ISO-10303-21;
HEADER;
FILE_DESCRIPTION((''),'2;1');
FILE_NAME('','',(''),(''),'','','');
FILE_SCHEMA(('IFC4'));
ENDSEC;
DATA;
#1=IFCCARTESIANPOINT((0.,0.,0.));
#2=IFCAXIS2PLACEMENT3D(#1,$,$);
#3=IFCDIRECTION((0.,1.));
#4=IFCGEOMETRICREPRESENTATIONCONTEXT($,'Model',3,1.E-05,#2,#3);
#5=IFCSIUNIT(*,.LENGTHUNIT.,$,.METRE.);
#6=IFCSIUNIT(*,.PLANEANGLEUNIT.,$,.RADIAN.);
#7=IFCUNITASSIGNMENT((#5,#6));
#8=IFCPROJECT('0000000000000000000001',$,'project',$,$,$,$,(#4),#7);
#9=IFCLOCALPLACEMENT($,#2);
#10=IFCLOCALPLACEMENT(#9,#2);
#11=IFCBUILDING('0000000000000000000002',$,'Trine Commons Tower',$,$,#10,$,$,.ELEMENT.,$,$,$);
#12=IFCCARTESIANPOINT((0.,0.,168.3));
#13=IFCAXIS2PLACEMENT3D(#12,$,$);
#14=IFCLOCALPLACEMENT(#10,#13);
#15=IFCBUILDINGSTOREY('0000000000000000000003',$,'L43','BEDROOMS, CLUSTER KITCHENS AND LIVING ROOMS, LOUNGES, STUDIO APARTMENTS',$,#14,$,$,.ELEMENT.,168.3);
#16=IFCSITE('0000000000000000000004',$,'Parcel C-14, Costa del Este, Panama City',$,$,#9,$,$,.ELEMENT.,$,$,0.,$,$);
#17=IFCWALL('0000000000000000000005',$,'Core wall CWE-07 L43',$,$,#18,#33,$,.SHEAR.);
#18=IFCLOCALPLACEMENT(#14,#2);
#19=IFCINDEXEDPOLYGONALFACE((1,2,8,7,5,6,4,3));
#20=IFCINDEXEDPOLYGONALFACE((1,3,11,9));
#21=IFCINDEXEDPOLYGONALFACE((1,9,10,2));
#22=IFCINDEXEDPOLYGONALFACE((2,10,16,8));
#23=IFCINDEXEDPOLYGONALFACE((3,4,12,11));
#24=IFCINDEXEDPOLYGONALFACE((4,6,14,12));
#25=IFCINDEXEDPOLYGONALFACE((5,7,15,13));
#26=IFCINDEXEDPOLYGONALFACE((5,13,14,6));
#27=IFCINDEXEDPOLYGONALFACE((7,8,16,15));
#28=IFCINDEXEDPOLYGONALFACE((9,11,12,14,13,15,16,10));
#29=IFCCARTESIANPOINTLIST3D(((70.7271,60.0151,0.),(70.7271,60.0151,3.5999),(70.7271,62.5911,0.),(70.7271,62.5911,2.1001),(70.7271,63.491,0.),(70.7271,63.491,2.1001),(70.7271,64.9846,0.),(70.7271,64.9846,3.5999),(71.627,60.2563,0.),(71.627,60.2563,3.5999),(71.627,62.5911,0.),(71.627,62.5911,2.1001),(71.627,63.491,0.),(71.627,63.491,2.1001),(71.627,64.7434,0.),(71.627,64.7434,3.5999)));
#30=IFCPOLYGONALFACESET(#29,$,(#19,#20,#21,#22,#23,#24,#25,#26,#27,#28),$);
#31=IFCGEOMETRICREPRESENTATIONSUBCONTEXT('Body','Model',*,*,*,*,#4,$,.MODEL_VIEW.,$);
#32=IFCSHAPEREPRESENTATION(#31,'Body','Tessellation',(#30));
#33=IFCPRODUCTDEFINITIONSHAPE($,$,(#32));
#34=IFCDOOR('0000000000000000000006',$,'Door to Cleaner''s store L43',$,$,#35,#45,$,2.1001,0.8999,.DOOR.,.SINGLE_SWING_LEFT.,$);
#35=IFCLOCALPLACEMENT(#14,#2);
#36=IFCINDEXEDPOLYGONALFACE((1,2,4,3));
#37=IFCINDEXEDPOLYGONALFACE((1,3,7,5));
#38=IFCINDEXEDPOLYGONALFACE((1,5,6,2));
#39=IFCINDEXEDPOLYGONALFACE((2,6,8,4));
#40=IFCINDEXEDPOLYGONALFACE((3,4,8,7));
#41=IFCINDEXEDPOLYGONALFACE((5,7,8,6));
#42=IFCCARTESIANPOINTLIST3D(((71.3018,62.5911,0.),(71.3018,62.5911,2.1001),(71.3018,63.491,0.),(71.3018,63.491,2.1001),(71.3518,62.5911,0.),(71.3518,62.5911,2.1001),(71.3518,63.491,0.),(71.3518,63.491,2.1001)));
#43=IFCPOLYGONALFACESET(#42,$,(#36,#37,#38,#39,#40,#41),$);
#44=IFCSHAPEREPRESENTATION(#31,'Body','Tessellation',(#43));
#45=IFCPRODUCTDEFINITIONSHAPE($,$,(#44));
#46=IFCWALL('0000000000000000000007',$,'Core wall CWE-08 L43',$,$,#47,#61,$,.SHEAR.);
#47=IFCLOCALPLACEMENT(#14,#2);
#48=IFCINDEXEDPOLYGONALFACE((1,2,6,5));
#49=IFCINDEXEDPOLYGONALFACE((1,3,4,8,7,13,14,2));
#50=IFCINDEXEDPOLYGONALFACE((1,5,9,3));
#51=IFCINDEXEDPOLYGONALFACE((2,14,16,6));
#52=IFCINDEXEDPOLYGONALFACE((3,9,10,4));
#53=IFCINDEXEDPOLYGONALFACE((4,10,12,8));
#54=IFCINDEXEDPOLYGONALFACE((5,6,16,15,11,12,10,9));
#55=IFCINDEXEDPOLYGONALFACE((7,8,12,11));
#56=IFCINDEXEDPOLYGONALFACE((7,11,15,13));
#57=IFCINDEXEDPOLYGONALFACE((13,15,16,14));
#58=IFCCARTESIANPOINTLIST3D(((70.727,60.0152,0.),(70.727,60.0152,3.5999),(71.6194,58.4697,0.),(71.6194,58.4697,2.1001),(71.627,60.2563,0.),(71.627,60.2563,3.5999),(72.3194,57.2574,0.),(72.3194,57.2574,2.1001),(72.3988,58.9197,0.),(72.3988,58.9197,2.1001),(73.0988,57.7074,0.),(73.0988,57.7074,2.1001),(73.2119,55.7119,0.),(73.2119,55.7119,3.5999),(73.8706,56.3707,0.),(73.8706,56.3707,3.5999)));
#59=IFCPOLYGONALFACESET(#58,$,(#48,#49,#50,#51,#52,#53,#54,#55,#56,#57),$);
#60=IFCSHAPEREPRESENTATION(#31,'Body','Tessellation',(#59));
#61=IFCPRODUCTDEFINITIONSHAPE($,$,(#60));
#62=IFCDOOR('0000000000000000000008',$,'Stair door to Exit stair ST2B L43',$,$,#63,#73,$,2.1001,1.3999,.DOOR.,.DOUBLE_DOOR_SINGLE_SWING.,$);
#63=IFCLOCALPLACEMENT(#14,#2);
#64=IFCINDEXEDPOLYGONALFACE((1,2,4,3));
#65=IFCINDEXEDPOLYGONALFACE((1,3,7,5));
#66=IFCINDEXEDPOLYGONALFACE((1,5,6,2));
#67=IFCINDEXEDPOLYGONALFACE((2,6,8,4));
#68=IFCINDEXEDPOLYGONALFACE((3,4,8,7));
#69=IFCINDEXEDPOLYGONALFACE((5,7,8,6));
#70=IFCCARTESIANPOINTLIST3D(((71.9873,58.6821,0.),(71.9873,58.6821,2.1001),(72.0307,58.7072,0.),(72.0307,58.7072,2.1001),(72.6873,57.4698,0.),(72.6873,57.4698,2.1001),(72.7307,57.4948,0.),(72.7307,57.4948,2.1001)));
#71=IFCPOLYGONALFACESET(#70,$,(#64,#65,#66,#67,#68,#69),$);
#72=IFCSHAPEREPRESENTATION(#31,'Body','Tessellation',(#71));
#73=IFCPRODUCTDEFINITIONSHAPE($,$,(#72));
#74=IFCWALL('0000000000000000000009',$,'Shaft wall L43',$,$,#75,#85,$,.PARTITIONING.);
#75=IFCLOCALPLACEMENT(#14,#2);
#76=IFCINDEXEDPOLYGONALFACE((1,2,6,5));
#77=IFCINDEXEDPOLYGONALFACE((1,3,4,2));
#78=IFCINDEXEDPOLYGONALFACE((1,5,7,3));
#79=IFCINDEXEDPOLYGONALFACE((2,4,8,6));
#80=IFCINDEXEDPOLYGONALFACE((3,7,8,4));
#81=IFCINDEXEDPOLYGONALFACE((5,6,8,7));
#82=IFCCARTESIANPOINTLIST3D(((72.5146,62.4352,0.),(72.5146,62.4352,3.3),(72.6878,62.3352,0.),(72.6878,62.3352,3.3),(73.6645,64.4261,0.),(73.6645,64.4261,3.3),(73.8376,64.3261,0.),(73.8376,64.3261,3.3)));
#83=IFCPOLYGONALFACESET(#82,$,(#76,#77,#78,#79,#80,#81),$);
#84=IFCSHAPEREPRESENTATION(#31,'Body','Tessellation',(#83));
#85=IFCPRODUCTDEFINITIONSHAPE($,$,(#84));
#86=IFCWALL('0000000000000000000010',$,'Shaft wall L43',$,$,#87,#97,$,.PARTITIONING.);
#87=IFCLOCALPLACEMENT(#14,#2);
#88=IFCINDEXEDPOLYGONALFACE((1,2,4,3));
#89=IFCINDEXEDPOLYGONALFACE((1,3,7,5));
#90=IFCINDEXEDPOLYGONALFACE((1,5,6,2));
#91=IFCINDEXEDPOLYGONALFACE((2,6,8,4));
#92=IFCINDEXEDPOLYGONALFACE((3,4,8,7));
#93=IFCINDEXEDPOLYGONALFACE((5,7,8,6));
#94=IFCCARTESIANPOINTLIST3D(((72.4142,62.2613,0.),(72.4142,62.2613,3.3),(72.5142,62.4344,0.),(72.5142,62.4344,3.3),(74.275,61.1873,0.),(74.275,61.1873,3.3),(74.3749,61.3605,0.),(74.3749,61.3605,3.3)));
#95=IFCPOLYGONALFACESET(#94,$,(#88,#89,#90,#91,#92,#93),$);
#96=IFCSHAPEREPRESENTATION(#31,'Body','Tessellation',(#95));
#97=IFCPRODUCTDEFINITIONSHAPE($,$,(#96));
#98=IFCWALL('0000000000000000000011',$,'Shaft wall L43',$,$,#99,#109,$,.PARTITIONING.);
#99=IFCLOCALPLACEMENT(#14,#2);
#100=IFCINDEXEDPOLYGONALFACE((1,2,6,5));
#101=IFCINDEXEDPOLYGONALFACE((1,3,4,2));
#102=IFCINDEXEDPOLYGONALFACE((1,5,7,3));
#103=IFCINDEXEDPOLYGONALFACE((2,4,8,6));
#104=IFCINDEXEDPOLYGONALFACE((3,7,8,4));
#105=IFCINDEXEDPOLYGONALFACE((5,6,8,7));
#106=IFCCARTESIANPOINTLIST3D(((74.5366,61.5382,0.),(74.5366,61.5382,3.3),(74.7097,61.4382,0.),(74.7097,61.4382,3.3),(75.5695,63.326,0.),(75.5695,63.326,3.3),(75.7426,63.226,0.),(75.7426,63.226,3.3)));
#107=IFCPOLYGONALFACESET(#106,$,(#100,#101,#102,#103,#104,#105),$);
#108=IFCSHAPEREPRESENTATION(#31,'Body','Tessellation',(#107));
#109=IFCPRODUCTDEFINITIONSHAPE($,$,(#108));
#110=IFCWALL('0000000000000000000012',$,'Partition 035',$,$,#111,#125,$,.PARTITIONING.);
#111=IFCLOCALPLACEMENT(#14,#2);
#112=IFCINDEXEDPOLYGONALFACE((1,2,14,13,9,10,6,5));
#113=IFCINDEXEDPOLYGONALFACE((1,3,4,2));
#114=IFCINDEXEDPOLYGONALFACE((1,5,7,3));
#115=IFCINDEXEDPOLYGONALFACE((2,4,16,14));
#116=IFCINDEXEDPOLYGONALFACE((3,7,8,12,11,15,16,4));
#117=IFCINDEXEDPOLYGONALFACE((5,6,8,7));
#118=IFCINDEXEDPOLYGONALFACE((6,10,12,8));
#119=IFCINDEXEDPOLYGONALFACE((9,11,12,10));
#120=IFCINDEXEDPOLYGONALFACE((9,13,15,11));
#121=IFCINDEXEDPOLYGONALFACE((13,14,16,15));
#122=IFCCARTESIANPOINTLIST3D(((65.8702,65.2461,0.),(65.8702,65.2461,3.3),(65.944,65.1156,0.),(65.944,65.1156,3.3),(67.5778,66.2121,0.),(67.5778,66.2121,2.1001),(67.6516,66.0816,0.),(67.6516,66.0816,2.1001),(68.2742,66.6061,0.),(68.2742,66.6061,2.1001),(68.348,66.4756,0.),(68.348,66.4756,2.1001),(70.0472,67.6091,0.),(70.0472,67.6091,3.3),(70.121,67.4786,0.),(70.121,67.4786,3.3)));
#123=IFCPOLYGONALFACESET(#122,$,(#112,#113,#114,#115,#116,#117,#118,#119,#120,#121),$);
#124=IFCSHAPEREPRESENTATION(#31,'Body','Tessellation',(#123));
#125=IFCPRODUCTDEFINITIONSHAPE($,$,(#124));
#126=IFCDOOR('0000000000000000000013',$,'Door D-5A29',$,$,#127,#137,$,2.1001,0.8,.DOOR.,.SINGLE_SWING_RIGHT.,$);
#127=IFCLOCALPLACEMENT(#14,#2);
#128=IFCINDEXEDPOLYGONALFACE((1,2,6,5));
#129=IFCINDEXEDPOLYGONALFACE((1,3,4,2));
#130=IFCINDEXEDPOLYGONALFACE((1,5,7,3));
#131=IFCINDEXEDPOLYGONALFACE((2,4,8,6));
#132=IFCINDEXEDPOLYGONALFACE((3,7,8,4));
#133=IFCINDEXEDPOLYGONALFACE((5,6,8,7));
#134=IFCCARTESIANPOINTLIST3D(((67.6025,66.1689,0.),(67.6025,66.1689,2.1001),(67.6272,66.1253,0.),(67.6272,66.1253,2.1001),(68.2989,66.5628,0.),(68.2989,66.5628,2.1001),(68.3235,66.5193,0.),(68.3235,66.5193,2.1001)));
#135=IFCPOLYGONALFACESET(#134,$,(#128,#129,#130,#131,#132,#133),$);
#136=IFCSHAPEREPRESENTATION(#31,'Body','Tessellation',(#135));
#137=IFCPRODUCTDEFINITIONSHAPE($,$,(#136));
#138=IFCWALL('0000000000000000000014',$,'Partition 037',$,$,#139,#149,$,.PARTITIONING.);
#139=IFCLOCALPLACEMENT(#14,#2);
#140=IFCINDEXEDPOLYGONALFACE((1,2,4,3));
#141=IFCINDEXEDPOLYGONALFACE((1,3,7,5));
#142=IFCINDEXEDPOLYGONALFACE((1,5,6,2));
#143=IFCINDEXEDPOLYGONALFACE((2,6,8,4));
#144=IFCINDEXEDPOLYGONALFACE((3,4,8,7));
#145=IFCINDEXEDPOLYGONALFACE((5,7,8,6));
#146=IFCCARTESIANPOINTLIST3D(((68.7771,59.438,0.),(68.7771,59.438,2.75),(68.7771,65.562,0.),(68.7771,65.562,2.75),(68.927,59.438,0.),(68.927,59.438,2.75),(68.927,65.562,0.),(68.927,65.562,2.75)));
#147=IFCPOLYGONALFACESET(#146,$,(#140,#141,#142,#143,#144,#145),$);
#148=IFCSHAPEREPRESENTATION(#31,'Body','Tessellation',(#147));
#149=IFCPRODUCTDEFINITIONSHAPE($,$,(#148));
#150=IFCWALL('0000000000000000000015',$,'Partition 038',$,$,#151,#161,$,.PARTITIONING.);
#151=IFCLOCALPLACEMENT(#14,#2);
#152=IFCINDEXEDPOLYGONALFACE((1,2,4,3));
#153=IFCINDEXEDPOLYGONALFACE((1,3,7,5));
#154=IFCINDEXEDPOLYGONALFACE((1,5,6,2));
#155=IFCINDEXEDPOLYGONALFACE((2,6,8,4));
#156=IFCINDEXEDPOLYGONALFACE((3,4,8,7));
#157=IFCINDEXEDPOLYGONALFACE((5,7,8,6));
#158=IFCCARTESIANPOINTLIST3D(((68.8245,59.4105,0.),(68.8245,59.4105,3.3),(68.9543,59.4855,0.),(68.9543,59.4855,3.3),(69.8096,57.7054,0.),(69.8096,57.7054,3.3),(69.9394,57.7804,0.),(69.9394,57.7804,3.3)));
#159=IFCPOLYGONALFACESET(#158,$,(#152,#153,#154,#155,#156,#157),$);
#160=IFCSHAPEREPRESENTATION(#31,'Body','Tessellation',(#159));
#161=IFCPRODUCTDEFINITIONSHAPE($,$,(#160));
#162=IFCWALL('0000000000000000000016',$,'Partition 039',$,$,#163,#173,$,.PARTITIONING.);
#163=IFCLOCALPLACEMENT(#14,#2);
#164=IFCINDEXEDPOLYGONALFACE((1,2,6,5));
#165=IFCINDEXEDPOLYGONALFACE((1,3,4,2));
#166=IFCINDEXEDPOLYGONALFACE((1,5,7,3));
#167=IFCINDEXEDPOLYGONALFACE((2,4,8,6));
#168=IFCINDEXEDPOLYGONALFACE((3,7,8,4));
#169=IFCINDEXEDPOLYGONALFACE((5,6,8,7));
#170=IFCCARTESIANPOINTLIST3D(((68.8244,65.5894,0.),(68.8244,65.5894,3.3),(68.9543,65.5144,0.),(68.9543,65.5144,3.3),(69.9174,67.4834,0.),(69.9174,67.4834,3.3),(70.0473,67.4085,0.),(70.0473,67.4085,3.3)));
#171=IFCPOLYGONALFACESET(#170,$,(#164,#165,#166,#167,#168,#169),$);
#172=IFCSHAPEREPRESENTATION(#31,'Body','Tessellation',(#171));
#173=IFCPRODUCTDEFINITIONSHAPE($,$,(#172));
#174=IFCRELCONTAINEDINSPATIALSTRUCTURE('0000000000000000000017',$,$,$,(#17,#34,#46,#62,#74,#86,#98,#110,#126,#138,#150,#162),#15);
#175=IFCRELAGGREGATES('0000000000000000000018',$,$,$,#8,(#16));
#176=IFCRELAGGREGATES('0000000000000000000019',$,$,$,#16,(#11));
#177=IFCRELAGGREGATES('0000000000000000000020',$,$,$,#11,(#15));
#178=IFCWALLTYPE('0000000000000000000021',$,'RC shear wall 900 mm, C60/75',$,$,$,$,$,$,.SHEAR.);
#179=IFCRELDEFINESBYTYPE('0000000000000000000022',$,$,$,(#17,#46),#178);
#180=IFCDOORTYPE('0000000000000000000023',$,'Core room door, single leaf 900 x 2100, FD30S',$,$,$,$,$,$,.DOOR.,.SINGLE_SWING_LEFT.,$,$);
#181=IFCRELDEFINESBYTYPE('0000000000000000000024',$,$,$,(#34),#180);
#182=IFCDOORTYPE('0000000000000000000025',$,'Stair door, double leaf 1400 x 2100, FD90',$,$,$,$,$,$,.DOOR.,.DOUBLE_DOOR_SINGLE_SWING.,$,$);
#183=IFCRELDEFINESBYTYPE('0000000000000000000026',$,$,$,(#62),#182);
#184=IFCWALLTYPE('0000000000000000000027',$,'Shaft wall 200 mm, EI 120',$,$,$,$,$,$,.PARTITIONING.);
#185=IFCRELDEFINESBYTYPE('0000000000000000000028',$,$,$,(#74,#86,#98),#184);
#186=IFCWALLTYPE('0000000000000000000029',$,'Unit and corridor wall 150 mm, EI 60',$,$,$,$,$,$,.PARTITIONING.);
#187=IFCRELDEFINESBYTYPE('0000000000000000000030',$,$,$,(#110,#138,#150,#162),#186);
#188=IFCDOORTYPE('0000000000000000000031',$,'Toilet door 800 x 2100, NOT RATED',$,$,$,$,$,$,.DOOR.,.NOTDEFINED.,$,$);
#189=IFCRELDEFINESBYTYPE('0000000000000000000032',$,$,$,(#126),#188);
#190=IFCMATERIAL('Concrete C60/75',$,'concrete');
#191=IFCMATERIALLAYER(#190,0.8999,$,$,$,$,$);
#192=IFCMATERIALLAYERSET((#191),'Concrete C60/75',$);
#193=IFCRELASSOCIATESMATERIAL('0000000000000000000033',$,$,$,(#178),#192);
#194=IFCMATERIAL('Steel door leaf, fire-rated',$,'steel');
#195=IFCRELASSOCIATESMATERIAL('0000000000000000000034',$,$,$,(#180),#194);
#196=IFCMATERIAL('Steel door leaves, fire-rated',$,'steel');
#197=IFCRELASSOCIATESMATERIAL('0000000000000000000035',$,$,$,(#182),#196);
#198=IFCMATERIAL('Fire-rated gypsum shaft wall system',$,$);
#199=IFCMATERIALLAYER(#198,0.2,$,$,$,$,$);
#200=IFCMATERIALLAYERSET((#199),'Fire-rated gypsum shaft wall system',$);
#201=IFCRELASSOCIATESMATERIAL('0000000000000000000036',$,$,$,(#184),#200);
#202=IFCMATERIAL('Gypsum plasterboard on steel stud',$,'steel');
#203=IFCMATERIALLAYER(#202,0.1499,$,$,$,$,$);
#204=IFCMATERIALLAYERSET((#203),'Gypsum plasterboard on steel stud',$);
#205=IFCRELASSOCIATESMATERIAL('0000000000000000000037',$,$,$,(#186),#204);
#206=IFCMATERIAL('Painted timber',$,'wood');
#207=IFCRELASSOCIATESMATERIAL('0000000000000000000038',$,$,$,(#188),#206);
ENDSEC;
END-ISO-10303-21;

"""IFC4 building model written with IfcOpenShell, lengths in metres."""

from ifc_helpers import new_model, si_unit, direction, frame, frame_2d, origin, place, context, subcontext, project, spatial, polyline, rectangle, outline, extrude, material, layer, layer_set, type_object, element, fill, save


model = new_model("IFC4")

# Units and contexts
model_context = context("Model", 3, precision=1e-05, world=origin(), true_north=direction((0.0, 1.0)))
body_context = subcontext(model_context, "Body", "Model", "MODEL_VIEW")
ifc_project = project(units=[si_unit("LENGTHUNIT", "METRE"), si_unit("PLANEANGLEUNIT", "RADIAN")], contexts=[model_context])

# Site, building, storey
site_placement = place(None, origin())
site = spatial("IfcSite", under=ifc_project, at=site_placement, Name="Parcel C-14, Costa del Este, Panama City", CompositionType="ELEMENT", RefElevation=0.0)
building_placement = place(site_placement, origin())
building = spatial("IfcBuilding", under=site, at=building_placement, Name="Trine Commons Tower", CompositionType="ELEMENT")
storey_placement = place(building_placement, frame((0.0, 0.0, 168.3)))
storey = spatial("IfcBuildingStorey", under=building, at=storey_placement, Name="L43", Description="BEDROOMS, CLUSTER KITCHENS AND LIVING ROOMS, LOUNGES, STUDIO APARTMENTS", CompositionType="ELEMENT", Elevation=168.3)

# Shared definitions
ifc_material_1 = material(Name="Fire-rated gypsum shaft wall system")
ifc_material_2 = material(Name="Steel door leaf, fire-rated", Category="steel")
ifc_material_3 = material(Name="Concrete C60/75", Category="concrete")

# Walls, openings, doors
ifc_layer_1 = layer(ifc_material_3, 0.8999)
ifc_layer_set_1 = layer_set([ifc_layer_1], Name="Concrete C60/75")
wall_type_1 = type_object("IfcWallType", Name="RC shear wall 900 mm, C60/75", PredefinedType="SHEAR", material=ifc_layer_set_1)
wall_1_placement = place(storey_placement, frame((71.177, 64.9846, 0.0), z_axis=(0.0, 0.0, 1.0), x_axis=(0.0, -1.0, 0.0)))
wall_1 = element("IfcWall", 1, at=wall_1_placement, inside=storey, type_object=wall_type_1, Name="Core wall CWE-07 L43", PredefinedType="SHEAR", context=body_context, shape_type="SweptSolid", body=[
    extrude(outline(polyline([(0.0, -0.45), (4.9695, -0.45), (4.7283, 0.45), (0.2412, 0.45), (0.0, -0.45)])), origin(), (0.0, 0.0, 1.0), 3.5999),
])
opening_1_placement = place(wall_1_placement, frame((1.4937, 0.0, 0.0)))
opening_1 = element("IfcOpeningElement", 2, at=opening_1_placement, cuts=wall_1, PredefinedType="OPENING", context=body_context, shape_type="SweptSolid", body=[
    extrude(rectangle(XDim=0.8999, YDim=2.1001, at=frame_2d((0.45, 1.05))), frame((0.0, 0.46, 0.0), z_axis=(0.0, -1.0, 0.0), x_axis=(1.0, 0.0, 0.0)), (0.0, 0.0, 1.0), 0.9199),
])
door_type_1 = type_object("IfcDoorType", Name="Core room door, single leaf 900 x 2100, FD30S", OperationType="SINGLE_SWING_LEFT", PredefinedType="DOOR", material=ifc_material_2)
door_1_placement = place(opening_1_placement, origin())
door_1 = element("IfcDoor", 3, at=door_1_placement, inside=storey, type_object=door_type_1, Name="Door to Cleaner's store L43", OperationType="SINGLE_SWING_LEFT", OverallHeight=2.1001, OverallWidth=0.8999, PredefinedType="DOOR", context=body_context, shape_type="SweptSolid", body=[
    extrude(rectangle(XDim=0.8999, YDim=2.1001, at=frame_2d((0.45, 1.05))), frame((0.0, 0.1748, 0.0), z_axis=(0.0, -1.0, 0.0), x_axis=(1.0, 0.0, 0.0)), (0.0, 0.0, 1.0), 0.05),
])
fill(opening_1, door_1)
wall_2_placement = place(storey_placement, frame((71.1167, 60.2402, 0.0), z_axis=(0.0, 0.0, 1.0), x_axis=(0.500039, -0.866003, 0.0)))
wall_2 = element("IfcWall", 4, at=wall_2_placement, inside=storey, type_object=wall_type_1, Name="Core wall CWE-08 L43", PredefinedType="SHEAR", context=body_context, shape_type="SweptSolid", body=[
    extrude(outline(polyline([(0.0, -0.45), (4.9692, -0.45), (4.728, 0.45), (0.2412, 0.45), (0.0, -0.45)])), origin(), (0.0, 0.0, 1.0), 3.5999),
])
opening_2_placement = place(wall_2_placement, frame((1.7847, 0.0, 0.0)))
opening_2 = element("IfcOpeningElement", 5, at=opening_2_placement, cuts=wall_2, PredefinedType="OPENING", context=body_context, shape_type="SweptSolid", body=[
    extrude(rectangle(XDim=1.3999, YDim=2.1001, at=frame_2d((0.7, 1.05))), frame((0.0, 0.46, 0.0), z_axis=(0.0, -1.0, 0.0), x_axis=(1.0, 0.0, 0.0)), (0.0, 0.0, 1.0), 0.9199),
])
ifc_material_4 = material(Name="Steel door leaves, fire-rated", Category="steel")
door_type_2 = type_object("IfcDoorType", Name="Stair door, double leaf 1400 x 2100, FD90", OperationType="DOUBLE_DOOR_SINGLE_SWING", PredefinedType="DOOR", material=ifc_material_4)
door_2_placement = place(opening_2_placement, origin())
door_2 = element("IfcDoor", 6, at=door_2_placement, inside=storey, type_object=door_type_2, Name="Stair door to Exit stair ST2B L43", OperationType="DOUBLE_DOOR_SINGLE_SWING", OverallHeight=2.1001, OverallWidth=1.3999, PredefinedType="DOOR", context=body_context, shape_type="SweptSolid", body=[
    extrude(rectangle(XDim=1.3999, YDim=2.1001, at=frame_2d((0.7, 1.05))), frame((0.0, 0.0249, 0.0), z_axis=(0.0, -1.0, 0.0), x_axis=(1.0, 0.0, 0.0)), (0.0, 0.0, 1.0), 0.05),
])
fill(opening_2, door_2)

# Walls
ifc_layer_2 = layer(ifc_material_1, 0.2)
ifc_layer_set_2 = layer_set([ifc_layer_2], Name="Fire-rated gypsum shaft wall system")
wall_type_2 = type_object("IfcWallType", Name="Shaft wall 200 mm, EI 120", PredefinedType="PARTITIONING", material=ifc_layer_set_2)
wall_3_placement = place(storey_placement, frame((73.751, 64.376, 0.0), z_axis=(0.0, 0.0, 1.0), x_axis=(-0.500136, -0.865947, 0.0)))
element("IfcWall", 7, at=wall_3_placement, inside=storey, type_object=wall_type_2, Name="Shaft wall L43", PredefinedType="PARTITIONING", context=body_context, shape_type="SweptSolid", body=[
    extrude(rectangle(XDim=2.2991, YDim=0.2, at=frame_2d((1.1494, 0.0))), origin(), (0.0, 0.0, 1.0), 3.3),
])
wall_4_placement = place(storey_placement, frame((74.325, 61.2739, 0.0), z_axis=(0.0, 0.0, 1.0), x_axis=(-0.866102, 0.499867, 0.0)))
element("IfcWall", 8, at=wall_4_placement, inside=storey, type_object=wall_type_2, Name="Shaft wall L43", PredefinedType="PARTITIONING", context=body_context, shape_type="SweptSolid", body=[
    extrude(rectangle(XDim=2.1484, YDim=0.2, at=frame_2d((1.0742, 0.0))), origin(), (0.0, 0.0, 1.0), 3.3),
])
wall_5_placement = place(storey_placement, frame((75.656, 63.2759, 0.0), z_axis=(0.0, 0.0, 1.0), x_axis=(-0.500272, -0.865868, 0.0)))
element("IfcWall", 9, at=wall_5_placement, inside=storey, type_object=wall_type_2, Name="Shaft wall L43", PredefinedType="PARTITIONING", context=body_context, shape_type="SweptSolid", body=[
    extrude(rectangle(XDim=2.0647, YDim=0.2, at=frame_2d((1.0322, 0.0))), origin(), (0.0, 0.0, 1.0), 3.3),
])

# Wall, opening, door
ifc_material_5 = material(Name="Gypsum plasterboard on steel stud", Category="steel")
ifc_layer_3 = layer(ifc_material_5, 0.1499)
ifc_layer_set_3 = layer_set([ifc_layer_3], Name="Gypsum plasterboard on steel stud")
wall_type_3 = type_object("IfcWallType", Name="Unit and corridor wall 150 mm, EI 60", PredefinedType="PARTITIONING", material=ifc_layer_set_3)
wall_6_placement = place(storey_placement, frame((65.9072, 65.1809, 0.0), z_axis=(0.0, 0.0, 1.0), x_axis=(0.870373, 0.492392, 0.0)))
wall_6 = element("IfcWall", 10, at=wall_6_placement, inside=storey, type_object=wall_type_3, Name="Partition 035", PredefinedType="PARTITIONING", context=body_context, shape_type="SweptSolid", body=[
    extrude(rectangle(XDim=4.7991, YDim=0.1499, at=frame_2d((2.3994, 0.0))), origin(), (0.0, 0.0, 1.0), 3.3),
])
opening_3_placement = place(wall_6_placement, frame((1.9619, 0.0, 0.0)))
opening_3 = element("IfcOpeningElement", 11, at=opening_3_placement, cuts=wall_6, PredefinedType="OPENING", context=body_context, shape_type="SweptSolid", body=[
    extrude(rectangle(XDim=0.8, YDim=2.1001, at=frame_2d((0.3999, 1.05))), frame((0.0, 0.085, 0.0), z_axis=(0.0, -1.0, 0.0), x_axis=(1.0, 0.0, 0.0)), (0.0, 0.0, 1.0), 0.1699),
])
ifc_material_6 = material(Name="Painted timber", Category="wood")
door_type_3 = type_object("IfcDoorType", Name="Toilet door 800 x 2100, NOT RATED", OperationType="NOTDEFINED", PredefinedType="DOOR", material=ifc_material_6)
door_3_placement = place(opening_3_placement, frame((0.8, 0.0, 0.0), z_axis=(0.0, 0.0, 1.0), x_axis=(-1.0, 0.0, 0.0)))
door_3 = element("IfcDoor", 12, at=door_3_placement, inside=storey, type_object=door_type_3, Name="Door D-5A29", OperationType="SINGLE_SWING_RIGHT", OverallHeight=2.1001, OverallWidth=0.8, PredefinedType="DOOR", context=body_context, shape_type="SweptSolid", body=[
    extrude(rectangle(XDim=0.8, YDim=2.1001, at=frame_2d((0.3999, 1.05))), frame((0.0, 0.0249, 0.0), z_axis=(0.0, -1.0, 0.0), x_axis=(1.0, 0.0, 0.0)), (0.0, 0.0, 1.0), 0.05),
])
fill(opening_3, door_3)

# Walls
wall_7_placement = place(storey_placement, frame((68.8521, 59.438, 0.0), z_axis=(0.0, 0.0, 1.0), x_axis=(0.0, 1.0, 0.0)))
element("IfcWall", 13, at=wall_7_placement, inside=storey, type_object=wall_type_3, Name="Partition 037", PredefinedType="PARTITIONING", context=body_context, shape_type="SweptSolid", body=[
    extrude(rectangle(XDim=6.124, YDim=0.1499, at=frame_2d((3.062, 0.0))), origin(), (0.0, 0.0, 1.0), 2.75),
])
wall_8_placement = place(storey_placement, frame((68.8894, 59.448, 0.0), z_axis=(0.0, 0.0, 1.0), x_axis=(0.500259, -0.865876, 0.0)))
element("IfcWall", 14, at=wall_8_placement, inside=storey, type_object=wall_type_3, Name="Partition 038", PredefinedType="PARTITIONING", context=body_context, shape_type="SweptSolid", body=[
    extrude(rectangle(XDim=1.9692, YDim=0.1499, at=frame_2d((0.9846, 0.0))), origin(), (0.0, 0.0, 1.0), 3.3),
])
wall_9_placement = place(storey_placement, frame((68.8894, 65.552, 0.0), z_axis=(0.0, 0.0, 1.0), x_axis=(0.499826, 0.866126, 0.0)))
element("IfcWall", 15, at=wall_9_placement, inside=storey, type_object=wall_type_3, Name="Partition 039", PredefinedType="PARTITIONING", context=body_context, shape_type="SweptSolid", body=[
    extrude(rectangle(XDim=2.1868, YDim=0.1499, at=frame_2d((1.0933, 0.0))), origin(), (0.0, 0.0, 1.0), 3.3),
])

save(model, "model.ifc")
